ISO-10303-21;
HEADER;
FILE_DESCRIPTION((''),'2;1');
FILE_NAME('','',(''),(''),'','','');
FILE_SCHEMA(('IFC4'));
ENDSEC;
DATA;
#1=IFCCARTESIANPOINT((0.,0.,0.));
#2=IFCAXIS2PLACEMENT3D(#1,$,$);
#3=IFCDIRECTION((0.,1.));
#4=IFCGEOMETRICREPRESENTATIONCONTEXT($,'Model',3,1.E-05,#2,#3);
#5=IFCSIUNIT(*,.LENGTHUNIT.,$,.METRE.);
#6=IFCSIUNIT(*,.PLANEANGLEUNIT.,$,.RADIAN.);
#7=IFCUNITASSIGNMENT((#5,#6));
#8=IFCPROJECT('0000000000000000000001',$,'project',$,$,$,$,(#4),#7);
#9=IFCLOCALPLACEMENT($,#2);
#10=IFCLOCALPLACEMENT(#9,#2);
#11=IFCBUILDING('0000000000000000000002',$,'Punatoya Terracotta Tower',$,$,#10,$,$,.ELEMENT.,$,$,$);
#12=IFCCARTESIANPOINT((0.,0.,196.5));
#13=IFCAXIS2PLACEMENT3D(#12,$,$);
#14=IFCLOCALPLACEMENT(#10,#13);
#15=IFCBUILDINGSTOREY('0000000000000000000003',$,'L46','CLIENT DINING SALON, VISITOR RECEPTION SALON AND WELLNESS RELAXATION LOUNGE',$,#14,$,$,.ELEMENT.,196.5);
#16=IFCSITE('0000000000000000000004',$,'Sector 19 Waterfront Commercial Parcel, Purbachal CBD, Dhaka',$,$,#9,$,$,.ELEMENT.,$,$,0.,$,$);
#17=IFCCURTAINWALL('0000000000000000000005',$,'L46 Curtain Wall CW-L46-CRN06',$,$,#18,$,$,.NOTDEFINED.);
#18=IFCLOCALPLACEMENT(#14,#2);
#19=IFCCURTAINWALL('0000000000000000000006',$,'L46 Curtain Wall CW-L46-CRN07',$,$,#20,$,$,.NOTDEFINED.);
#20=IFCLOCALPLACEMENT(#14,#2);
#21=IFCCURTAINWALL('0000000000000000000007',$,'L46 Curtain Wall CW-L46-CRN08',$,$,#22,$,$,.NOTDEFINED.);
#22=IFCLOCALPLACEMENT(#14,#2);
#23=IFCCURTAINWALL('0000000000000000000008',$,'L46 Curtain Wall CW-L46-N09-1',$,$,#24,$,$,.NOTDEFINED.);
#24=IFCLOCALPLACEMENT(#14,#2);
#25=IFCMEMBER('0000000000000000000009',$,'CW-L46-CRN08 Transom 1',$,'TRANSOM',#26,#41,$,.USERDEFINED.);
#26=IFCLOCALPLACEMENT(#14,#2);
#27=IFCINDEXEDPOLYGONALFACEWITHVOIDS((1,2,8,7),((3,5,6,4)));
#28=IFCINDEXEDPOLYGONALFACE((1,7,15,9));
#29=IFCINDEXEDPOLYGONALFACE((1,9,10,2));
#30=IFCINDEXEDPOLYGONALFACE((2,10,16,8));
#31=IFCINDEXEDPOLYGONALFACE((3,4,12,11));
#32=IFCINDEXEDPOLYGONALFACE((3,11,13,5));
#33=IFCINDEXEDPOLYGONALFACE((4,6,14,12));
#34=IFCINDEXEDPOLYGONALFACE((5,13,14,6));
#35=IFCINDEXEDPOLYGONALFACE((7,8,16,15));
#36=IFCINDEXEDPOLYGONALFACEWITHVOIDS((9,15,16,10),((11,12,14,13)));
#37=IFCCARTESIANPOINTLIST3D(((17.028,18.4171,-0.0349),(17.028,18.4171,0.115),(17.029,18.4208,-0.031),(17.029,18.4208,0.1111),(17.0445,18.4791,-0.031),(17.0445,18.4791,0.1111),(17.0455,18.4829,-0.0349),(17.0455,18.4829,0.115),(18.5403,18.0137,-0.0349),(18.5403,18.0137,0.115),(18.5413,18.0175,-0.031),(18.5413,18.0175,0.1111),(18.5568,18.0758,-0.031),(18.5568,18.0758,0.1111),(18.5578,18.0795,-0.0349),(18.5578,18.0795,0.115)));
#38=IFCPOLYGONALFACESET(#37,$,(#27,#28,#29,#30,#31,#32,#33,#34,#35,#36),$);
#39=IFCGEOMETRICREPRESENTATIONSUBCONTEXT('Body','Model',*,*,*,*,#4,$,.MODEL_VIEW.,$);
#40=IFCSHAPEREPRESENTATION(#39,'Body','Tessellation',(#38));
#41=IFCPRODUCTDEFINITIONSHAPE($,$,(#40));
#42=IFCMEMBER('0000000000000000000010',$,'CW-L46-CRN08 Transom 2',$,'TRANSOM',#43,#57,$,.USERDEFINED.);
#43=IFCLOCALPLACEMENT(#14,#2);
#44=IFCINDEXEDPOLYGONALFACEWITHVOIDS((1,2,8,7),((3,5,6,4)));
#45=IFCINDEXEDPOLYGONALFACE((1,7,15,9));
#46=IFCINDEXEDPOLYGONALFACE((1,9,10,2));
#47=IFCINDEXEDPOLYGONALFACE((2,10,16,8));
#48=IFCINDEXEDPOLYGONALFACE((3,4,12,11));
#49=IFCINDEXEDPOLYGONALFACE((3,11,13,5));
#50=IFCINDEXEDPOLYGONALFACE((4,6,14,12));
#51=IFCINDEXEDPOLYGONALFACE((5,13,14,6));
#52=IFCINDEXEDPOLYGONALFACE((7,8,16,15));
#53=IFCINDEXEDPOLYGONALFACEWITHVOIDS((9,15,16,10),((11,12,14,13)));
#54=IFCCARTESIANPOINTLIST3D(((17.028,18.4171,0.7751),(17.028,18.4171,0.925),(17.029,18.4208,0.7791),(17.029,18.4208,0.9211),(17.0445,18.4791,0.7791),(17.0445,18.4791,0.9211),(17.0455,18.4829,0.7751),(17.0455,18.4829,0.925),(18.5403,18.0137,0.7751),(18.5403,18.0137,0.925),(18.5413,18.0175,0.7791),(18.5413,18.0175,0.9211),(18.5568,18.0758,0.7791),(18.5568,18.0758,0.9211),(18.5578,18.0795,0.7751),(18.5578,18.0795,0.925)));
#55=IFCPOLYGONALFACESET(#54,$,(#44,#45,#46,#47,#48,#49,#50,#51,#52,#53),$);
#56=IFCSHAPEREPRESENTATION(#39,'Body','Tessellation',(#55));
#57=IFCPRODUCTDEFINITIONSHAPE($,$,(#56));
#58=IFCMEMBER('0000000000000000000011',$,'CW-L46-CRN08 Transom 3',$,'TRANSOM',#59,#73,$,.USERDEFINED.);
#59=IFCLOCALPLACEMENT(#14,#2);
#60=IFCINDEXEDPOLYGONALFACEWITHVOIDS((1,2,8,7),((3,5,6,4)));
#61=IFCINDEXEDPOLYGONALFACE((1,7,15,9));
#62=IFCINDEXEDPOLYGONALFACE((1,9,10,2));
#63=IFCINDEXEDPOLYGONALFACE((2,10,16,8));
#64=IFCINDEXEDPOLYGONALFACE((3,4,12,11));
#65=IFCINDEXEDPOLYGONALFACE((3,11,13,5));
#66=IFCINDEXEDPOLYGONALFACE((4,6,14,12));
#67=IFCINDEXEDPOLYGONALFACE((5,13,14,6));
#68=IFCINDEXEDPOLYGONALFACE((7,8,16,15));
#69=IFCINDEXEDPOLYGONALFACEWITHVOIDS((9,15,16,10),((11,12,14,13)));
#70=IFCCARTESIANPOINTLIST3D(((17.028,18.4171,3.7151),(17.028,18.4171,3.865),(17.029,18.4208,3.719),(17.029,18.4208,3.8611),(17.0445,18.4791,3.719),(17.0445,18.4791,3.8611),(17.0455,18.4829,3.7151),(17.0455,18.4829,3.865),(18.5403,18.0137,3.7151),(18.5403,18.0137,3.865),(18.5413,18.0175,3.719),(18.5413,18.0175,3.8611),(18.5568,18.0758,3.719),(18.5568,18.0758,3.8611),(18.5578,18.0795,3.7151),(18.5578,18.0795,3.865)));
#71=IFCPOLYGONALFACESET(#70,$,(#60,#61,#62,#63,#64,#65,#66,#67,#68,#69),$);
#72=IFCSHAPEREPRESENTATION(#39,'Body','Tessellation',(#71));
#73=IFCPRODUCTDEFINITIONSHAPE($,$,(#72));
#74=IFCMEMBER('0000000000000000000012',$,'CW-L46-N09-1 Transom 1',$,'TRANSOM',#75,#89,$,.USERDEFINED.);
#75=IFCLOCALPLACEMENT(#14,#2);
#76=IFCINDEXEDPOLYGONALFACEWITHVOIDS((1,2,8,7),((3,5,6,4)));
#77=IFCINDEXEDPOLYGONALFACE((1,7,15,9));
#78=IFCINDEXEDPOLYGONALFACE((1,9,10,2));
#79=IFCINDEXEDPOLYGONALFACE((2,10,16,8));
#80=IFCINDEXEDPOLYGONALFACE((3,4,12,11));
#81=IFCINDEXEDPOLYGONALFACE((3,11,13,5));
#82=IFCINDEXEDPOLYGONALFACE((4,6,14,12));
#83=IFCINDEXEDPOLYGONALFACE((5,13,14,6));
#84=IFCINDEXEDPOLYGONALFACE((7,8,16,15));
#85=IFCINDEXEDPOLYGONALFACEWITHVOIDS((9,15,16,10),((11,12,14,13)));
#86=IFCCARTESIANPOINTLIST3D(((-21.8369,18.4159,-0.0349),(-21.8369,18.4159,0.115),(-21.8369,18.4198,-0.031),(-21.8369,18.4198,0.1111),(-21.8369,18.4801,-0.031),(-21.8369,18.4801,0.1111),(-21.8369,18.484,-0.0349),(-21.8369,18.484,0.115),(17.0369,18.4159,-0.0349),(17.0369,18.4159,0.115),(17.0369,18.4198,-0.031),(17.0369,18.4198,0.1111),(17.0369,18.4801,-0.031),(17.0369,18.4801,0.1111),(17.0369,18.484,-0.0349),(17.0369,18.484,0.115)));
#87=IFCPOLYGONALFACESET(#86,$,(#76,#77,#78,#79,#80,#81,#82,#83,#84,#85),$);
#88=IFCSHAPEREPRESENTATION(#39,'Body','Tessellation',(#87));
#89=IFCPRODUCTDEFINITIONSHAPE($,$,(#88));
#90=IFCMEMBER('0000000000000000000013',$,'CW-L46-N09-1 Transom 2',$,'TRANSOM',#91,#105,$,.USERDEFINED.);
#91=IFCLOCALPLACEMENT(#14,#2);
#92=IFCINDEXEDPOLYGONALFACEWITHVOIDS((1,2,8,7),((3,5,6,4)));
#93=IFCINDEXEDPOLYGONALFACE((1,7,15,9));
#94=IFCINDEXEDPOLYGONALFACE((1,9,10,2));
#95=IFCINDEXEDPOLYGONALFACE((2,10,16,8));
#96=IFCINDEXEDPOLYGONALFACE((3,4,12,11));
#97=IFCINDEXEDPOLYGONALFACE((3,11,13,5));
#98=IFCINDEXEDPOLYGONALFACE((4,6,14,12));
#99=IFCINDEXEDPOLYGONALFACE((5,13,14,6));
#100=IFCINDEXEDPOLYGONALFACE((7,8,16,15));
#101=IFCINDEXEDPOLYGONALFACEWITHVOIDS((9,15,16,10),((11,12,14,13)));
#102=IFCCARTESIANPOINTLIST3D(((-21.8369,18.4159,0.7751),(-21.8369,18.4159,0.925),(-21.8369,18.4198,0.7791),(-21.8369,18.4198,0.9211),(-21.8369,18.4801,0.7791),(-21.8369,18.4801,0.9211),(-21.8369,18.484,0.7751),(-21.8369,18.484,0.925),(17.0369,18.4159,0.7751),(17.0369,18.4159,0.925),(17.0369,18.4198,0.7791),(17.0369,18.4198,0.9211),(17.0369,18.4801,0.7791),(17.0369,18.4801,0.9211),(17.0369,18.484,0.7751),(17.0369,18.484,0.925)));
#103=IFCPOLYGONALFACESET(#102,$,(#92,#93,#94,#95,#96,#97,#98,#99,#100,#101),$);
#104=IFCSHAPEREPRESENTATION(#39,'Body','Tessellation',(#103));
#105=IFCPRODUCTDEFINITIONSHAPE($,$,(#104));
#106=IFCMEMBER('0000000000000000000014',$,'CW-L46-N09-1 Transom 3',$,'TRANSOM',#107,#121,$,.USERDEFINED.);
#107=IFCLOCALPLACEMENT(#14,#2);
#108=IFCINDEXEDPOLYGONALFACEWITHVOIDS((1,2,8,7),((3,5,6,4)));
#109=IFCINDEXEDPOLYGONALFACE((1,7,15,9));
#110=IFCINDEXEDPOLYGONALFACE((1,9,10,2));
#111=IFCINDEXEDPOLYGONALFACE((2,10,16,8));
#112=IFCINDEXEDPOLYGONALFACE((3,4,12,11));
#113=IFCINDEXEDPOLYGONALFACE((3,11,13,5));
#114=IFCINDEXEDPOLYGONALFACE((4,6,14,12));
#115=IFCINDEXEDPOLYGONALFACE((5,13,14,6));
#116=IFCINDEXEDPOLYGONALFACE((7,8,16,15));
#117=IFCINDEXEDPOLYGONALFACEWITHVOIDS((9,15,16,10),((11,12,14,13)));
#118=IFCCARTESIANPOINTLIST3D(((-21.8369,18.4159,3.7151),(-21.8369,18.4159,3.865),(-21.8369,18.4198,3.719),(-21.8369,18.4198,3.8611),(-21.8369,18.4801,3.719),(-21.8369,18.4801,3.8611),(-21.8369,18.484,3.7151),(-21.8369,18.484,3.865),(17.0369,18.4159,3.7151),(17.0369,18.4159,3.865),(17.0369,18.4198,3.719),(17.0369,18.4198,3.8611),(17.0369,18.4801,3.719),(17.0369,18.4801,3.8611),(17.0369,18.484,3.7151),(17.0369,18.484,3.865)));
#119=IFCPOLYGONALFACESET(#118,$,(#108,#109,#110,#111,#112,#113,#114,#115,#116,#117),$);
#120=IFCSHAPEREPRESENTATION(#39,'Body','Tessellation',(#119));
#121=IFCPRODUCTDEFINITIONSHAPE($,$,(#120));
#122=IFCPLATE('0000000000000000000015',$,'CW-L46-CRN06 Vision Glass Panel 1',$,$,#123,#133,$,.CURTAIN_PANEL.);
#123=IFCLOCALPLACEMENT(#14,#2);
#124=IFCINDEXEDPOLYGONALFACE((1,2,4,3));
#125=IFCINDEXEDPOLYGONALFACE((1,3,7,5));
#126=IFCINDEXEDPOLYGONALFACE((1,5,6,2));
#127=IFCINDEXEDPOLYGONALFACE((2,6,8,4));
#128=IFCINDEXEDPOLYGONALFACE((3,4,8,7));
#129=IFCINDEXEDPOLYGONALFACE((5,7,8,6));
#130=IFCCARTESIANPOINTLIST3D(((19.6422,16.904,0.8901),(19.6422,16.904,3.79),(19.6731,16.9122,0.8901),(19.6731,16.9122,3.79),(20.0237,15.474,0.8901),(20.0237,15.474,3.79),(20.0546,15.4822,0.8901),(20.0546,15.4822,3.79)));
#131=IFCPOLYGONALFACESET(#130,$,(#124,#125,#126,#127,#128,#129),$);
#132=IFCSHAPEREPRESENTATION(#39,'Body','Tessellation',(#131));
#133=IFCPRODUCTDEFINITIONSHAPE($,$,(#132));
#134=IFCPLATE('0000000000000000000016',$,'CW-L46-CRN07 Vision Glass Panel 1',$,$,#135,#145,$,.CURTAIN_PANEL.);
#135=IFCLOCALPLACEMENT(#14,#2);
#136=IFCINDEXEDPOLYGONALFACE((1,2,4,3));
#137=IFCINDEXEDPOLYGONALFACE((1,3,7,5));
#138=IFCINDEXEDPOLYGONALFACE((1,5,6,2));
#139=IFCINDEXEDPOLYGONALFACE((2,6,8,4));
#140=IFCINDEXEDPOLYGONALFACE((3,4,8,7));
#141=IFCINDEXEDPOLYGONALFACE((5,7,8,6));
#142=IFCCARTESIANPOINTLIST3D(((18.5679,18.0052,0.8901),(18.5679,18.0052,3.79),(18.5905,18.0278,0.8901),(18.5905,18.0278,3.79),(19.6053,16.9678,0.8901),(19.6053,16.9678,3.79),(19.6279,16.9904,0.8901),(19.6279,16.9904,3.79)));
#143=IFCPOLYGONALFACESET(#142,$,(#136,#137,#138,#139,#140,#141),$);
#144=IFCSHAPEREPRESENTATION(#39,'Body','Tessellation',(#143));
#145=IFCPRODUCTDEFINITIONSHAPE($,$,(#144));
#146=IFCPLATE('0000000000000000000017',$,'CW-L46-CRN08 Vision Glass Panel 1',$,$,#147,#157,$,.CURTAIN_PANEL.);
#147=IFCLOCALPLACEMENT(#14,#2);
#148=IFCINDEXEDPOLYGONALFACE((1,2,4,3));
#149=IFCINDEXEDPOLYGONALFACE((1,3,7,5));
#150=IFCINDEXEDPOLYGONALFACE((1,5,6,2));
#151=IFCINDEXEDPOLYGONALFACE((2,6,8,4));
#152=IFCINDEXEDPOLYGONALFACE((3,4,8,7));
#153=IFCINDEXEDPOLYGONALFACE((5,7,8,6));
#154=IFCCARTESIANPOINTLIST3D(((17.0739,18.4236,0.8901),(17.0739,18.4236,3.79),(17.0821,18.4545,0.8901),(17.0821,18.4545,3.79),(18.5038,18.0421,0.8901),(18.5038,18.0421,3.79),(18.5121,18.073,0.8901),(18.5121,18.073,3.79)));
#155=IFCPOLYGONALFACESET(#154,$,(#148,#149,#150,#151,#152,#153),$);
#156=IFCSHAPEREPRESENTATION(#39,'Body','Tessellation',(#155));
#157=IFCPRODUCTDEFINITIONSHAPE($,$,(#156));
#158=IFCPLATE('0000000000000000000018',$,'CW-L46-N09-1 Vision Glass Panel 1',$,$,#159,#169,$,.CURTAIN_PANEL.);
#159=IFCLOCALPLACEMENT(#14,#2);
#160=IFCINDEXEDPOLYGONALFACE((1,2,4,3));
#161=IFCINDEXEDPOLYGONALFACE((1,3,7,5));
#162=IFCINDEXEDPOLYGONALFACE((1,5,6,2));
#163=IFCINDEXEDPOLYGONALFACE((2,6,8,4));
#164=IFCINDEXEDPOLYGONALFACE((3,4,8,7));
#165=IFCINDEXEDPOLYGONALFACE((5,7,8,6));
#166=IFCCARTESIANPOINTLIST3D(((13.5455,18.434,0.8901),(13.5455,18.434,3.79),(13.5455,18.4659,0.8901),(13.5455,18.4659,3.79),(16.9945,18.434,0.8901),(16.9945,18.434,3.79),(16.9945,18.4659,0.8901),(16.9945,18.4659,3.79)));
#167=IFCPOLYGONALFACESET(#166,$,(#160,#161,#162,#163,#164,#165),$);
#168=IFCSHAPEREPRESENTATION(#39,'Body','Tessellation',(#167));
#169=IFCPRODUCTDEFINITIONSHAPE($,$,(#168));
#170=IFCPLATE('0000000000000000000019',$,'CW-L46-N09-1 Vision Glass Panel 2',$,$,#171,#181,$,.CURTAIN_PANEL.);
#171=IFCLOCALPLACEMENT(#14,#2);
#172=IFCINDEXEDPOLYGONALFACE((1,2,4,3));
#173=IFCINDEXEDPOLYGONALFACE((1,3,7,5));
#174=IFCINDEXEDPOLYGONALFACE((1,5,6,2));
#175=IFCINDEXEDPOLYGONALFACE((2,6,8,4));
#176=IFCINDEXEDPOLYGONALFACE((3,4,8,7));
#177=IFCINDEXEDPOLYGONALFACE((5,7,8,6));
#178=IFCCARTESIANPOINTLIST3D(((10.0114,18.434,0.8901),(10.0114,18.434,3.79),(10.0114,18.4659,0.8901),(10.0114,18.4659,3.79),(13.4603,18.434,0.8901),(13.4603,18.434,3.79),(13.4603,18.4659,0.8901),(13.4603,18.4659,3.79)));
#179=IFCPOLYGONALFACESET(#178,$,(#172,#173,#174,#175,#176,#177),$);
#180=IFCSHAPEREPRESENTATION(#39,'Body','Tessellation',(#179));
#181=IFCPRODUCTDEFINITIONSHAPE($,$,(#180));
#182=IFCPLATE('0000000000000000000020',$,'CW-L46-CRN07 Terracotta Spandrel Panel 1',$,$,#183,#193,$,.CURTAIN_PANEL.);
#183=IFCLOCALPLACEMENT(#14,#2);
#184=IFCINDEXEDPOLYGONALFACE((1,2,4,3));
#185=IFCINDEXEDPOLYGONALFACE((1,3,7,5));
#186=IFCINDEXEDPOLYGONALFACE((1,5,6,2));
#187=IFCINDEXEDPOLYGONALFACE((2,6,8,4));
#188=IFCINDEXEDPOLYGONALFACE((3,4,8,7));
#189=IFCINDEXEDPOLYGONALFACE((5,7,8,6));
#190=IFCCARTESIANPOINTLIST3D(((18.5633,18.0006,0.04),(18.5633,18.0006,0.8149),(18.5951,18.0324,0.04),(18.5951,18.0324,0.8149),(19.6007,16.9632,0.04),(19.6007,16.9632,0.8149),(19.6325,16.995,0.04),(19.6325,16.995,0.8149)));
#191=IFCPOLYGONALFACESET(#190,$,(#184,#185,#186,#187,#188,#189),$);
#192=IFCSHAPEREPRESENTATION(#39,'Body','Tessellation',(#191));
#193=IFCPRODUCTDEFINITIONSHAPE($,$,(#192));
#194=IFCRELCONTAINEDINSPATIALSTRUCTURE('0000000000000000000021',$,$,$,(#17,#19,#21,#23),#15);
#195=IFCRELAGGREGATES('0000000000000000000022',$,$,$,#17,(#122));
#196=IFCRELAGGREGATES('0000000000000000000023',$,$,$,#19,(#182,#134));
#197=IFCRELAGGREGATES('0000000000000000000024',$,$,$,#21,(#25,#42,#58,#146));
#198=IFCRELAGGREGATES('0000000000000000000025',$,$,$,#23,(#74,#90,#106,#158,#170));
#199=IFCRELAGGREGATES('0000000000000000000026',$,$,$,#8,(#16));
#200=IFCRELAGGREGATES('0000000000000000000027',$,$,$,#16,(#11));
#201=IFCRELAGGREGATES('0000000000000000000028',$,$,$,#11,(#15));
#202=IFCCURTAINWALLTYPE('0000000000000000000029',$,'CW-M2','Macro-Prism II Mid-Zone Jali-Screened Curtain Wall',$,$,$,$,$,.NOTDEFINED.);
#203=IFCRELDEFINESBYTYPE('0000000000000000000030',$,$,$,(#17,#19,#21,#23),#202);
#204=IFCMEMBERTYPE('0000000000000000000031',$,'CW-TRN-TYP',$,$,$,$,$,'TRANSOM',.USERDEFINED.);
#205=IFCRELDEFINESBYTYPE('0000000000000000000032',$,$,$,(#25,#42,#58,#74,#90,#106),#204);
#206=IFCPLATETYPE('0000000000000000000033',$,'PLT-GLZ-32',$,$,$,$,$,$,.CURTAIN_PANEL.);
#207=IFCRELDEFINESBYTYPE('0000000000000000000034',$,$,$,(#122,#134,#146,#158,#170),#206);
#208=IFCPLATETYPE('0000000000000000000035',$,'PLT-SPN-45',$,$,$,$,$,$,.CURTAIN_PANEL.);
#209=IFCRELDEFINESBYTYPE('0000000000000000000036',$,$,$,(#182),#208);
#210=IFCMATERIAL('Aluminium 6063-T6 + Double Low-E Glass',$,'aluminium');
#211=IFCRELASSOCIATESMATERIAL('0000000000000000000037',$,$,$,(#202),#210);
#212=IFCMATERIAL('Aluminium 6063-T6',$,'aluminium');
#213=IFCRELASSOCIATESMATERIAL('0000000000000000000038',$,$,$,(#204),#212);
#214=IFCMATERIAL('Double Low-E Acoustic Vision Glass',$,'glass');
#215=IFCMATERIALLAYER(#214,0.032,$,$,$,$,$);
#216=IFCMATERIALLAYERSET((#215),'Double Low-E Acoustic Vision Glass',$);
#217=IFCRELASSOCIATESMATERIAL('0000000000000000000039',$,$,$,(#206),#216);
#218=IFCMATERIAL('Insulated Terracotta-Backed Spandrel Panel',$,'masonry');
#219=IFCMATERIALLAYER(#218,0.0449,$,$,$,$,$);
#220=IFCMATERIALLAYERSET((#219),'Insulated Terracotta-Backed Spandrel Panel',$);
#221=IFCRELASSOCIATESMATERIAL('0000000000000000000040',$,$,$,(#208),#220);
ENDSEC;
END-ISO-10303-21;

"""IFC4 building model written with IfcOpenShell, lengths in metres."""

from ifc_helpers import new_model, si_unit, direction, frame, origin, origin_2d, place, context, subcontext, project, spatial, rectangle, hollow_rectangle, extrude, material, layer, layer_set, material_profile, profile_set, type_object, element, aggregate, save


model = new_model("IFC4")

# Units and contexts
model_context = context("Model", 3, precision=1e-05, world=origin(), true_north=direction((0.0, 1.0)))
body_context = subcontext(model_context, "Body", "Model", "MODEL_VIEW")
ifc_project = project(units=[si_unit("LENGTHUNIT", "METRE"), si_unit("PLANEANGLEUNIT", "RADIAN")], contexts=[model_context])

# Site, building, storey
site_placement = place(None, origin())
site = spatial("IfcSite", under=ifc_project, at=site_placement, Name="Sector 19 Waterfront Commercial Parcel, Purbachal CBD, Dhaka", CompositionType="ELEMENT", RefElevation=0.0)
building_placement = place(site_placement, origin())
building = spatial("IfcBuilding", under=site, at=building_placement, Name="Punatoya Terracotta Tower", CompositionType="ELEMENT")
storey_placement = place(building_placement, frame((0.0, 0.0, 196.5)))
storey = spatial("IfcBuildingStorey", under=building, at=storey_placement, Name="L46", Description="CLIENT DINING SALON, VISITOR RECEPTION SALON AND WELLNESS RELAXATION LOUNGE", CompositionType="ELEMENT", Elevation=196.5)

# Curtain wall
ifc_material_1 = material(Name="Aluminium 6063-T6 + Double Low-E Glass", Category="aluminium")
curtain_wall_type = type_object("IfcCurtainWallType", Name="CW-M2", Description="Macro-Prism II Mid-Zone Jali-Screened Curtain Wall", PredefinedType="NOTDEFINED", material=ifc_material_1)
curtain_wall_1_placement = place(storey_placement, origin())
curtain_wall_1 = element("IfcCurtainWall", 1, at=curtain_wall_1_placement, inside=storey, type_object=curtain_wall_type, Name="L46 Curtain Wall CW-L46-CRN06", PredefinedType="NOTDEFINED")
ifc_material_2 = material(Name="Aluminium 6063-T6", Category="aluminium")

# Curtain walls
curtain_wall_2_placement = place(storey_placement, origin())
curtain_wall_2 = element("IfcCurtainWall", 2, at=curtain_wall_2_placement, inside=storey, type_object=curtain_wall_type, Name="L46 Curtain Wall CW-L46-CRN07", PredefinedType="NOTDEFINED")
curtain_wall_3_placement = place(storey_placement, origin())
curtain_wall_3 = element("IfcCurtainWall", 3, at=curtain_wall_3_placement, inside=storey, type_object=curtain_wall_type, Name="L46 Curtain Wall CW-L46-CRN08", PredefinedType="NOTDEFINED")
curtain_wall_4_placement = place(storey_placement, origin())
curtain_wall_4 = element("IfcCurtainWall", 4, at=curtain_wall_4_placement, inside=storey, type_object=curtain_wall_type, Name="L46 Curtain Wall CW-L46-N09-1", PredefinedType="NOTDEFINED")

# Members
ifc_material_profile_1 = material_profile(ifc_material_2, hollow_rectangle(XDim=0.0681, YDim=0.1499, WallThickness=0.0039, at=origin_2d()))
ifc_profile_set_1 = profile_set([ifc_material_profile_1], Name="Aluminium 6063-T6")
member_type_1 = type_object("IfcMemberType", Name="CW-TRN-TYP", ElementType="TRANSOM", PredefinedType="USERDEFINED", material=ifc_profile_set_1)
member_1_placement = place(storey_placement, frame((18.5491, 18.0466, 0.04), z_axis=(-0.966225, 0.257701, 0.0), x_axis=(-0.257701, -0.966225, 0.0)))
member_1 = element("IfcMember", 5, at=member_1_placement, type_object=member_type_1, Name="CW-L46-CRN08 Transom 1", ObjectType="TRANSOM", PredefinedType="USERDEFINED", context=body_context, shape_type="SweptSolid", body=[
    extrude(hollow_rectangle(XDim=0.0681, YDim=0.1499, WallThickness=0.0039, at=origin_2d()), origin(), (0.0, 0.0, 1.0), 1.5652),
])
member_2_placement = place(storey_placement, frame((18.5491, 18.0466, 0.8501), z_axis=(-0.966225, 0.257701, 0.0), x_axis=(-0.257701, -0.966225, 0.0)))
member_2 = element("IfcMember", 6, at=member_2_placement, type_object=member_type_1, Name="CW-L46-CRN08 Transom 2", ObjectType="TRANSOM", PredefinedType="USERDEFINED", context=body_context, shape_type="SweptSolid", body=[
    extrude(hollow_rectangle(XDim=0.0681, YDim=0.1499, WallThickness=0.0039, at=origin_2d()), origin(), (0.0, 0.0, 1.0), 1.5652),
])
member_3_placement = place(storey_placement, frame((18.5491, 18.0466, 3.79), z_axis=(-0.966225, 0.257701, 0.0), x_axis=(-0.257701, -0.966225, 0.0)))
member_3 = element("IfcMember", 7, at=member_3_placement, type_object=member_type_1, Name="CW-L46-CRN08 Transom 3", ObjectType="TRANSOM", PredefinedType="USERDEFINED", context=body_context, shape_type="SweptSolid", body=[
    extrude(hollow_rectangle(XDim=0.0681, YDim=0.1499, WallThickness=0.0039, at=origin_2d()), origin(), (0.0, 0.0, 1.0), 1.5652),
])
member_4_placement = place(storey_placement, frame((17.0369, 18.45, 0.04), z_axis=(-1.0, 0.0, 0.0), x_axis=(0.0, -1.0, 0.0)))
member_4 = element("IfcMember", 8, at=member_4_placement, type_object=member_type_1, Name="CW-L46-N09-1 Transom 1", ObjectType="TRANSOM", PredefinedType="USERDEFINED", context=body_context, shape_type="SweptSolid", body=[
    extrude(hollow_rectangle(XDim=0.0681, YDim=0.1499, WallThickness=0.0039, at=origin_2d()), origin(), (0.0, 0.0, 1.0), 38.8738),
])
member_5_placement = place(storey_placement, frame((17.0369, 18.45, 0.8501), z_axis=(-1.0, 0.0, 0.0), x_axis=(0.0, -1.0, 0.0)))
member_5 = element("IfcMember", 9, at=member_5_placement, type_object=member_type_1, Name="CW-L46-N09-1 Transom 2", ObjectType="TRANSOM", PredefinedType="USERDEFINED", context=body_context, shape_type="SweptSolid", body=[
    extrude(hollow_rectangle(XDim=0.0681, YDim=0.1499, WallThickness=0.0039, at=origin_2d()), origin(), (0.0, 0.0, 1.0), 38.8738),
])
member_6_placement = place(storey_placement, frame((17.0369, 18.45, 3.79), z_axis=(-1.0, 0.0, 0.0), x_axis=(0.0, -1.0, 0.0)))
member_6 = element("IfcMember", 10, at=member_6_placement, type_object=member_type_1, Name="CW-L46-N09-1 Transom 3", ObjectType="TRANSOM", PredefinedType="USERDEFINED", context=body_context, shape_type="SweptSolid", body=[
    extrude(hollow_rectangle(XDim=0.0681, YDim=0.1499, WallThickness=0.0039, at=origin_2d()), origin(), (0.0, 0.0, 1.0), 38.8738),
])

# Plates
ifc_material_3 = material(Name="Double Low-E Acoustic Vision Glass", Category="glass")
ifc_layer_1 = layer(ifc_material_3, 0.032)
ifc_layer_set_1 = layer_set([ifc_layer_1], Name="Double Low-E Acoustic Vision Glass")
plate_type_1 = type_object("IfcPlateType", Name="PLT-GLZ-32", PredefinedType="CURTAIN_PANEL", material=ifc_layer_set_1)
plate_1_placement = place(storey_placement, frame((19.8484, 16.1931, 0.8901), z_axis=(0.0, 0.0, 1.0), x_axis=(-0.257742, 0.966214, 0.0)))
plate_1 = element("IfcPlate", 11, at=plate_1_placement, type_object=plate_type_1, Name="CW-L46-CRN06 Vision Glass Panel 1", PredefinedType="CURTAIN_PANEL", context=body_context, shape_type="SweptSolid", body=[
    extrude(rectangle(XDim=1.48, YDim=0.032, at=origin_2d()), origin(), (0.0, 0.0, 1.0), 2.8999),
])
aggregate(curtain_wall_1, [plate_1])
plate_2_placement = place(storey_placement, frame((19.0979, 17.4978, 0.8901), z_axis=(0.0, 0.0, 1.0), x_axis=(-0.707107, 0.707107, 0.0)))
plate_2 = element("IfcPlate", 12, at=plate_2_placement, type_object=plate_type_1, Name="CW-L46-CRN07 Vision Glass Panel 1", PredefinedType="CURTAIN_PANEL", context=body_context, shape_type="SweptSolid", body=[
    extrude(rectangle(XDim=1.467, YDim=0.032, at=origin_2d()), origin(), (0.0, 0.0, 1.0), 2.8999),
])
plate_3_placement = place(storey_placement, frame((17.793, 18.2483, 0.8901), z_axis=(0.0, 0.0, 1.0), x_axis=(-0.966214, 0.257742, 0.0)))
plate_3 = element("IfcPlate", 13, at=plate_3_placement, type_object=plate_type_1, Name="CW-L46-CRN08 Vision Glass Panel 1", PredefinedType="CURTAIN_PANEL", context=body_context, shape_type="SweptSolid", body=[
    extrude(rectangle(XDim=1.48, YDim=0.032, at=origin_2d()), origin(), (0.0, 0.0, 1.0), 2.8999),
])
plate_4_placement = place(storey_placement, frame((15.27, 18.45, 0.8901), z_axis=(0.0, 0.0, 1.0), x_axis=(-1.0, 0.0, 0.0)))
plate_4 = element("IfcPlate", 14, at=plate_4_placement, type_object=plate_type_1, Name="CW-L46-N09-1 Vision Glass Panel 1", PredefinedType="CURTAIN_PANEL", context=body_context, shape_type="SweptSolid", body=[
    extrude(rectangle(XDim=3.449, YDim=0.032, at=origin_2d()), origin(), (0.0, 0.0, 1.0), 2.8999),
])
plate_5_placement = place(storey_placement, frame((11.7358, 18.45, 0.8901), z_axis=(0.0, 0.0, 1.0), x_axis=(-1.0, 0.0, 0.0)))
plate_5 = element("IfcPlate", 15, at=plate_5_placement, type_object=plate_type_1, Name="CW-L46-N09-1 Vision Glass Panel 2", PredefinedType="CURTAIN_PANEL", context=body_context, shape_type="SweptSolid", body=[
    extrude(rectangle(XDim=3.449, YDim=0.032, at=origin_2d()), origin(), (0.0, 0.0, 1.0), 2.8999),
])
ifc_material_4 = material(Name="Insulated Terracotta-Backed Spandrel Panel", Category="masonry")
ifc_layer_2 = layer(ifc_material_4, 0.0449)
ifc_layer_set_2 = layer_set([ifc_layer_2], Name="Insulated Terracotta-Backed Spandrel Panel")
plate_type_2 = type_object("IfcPlateType", Name="PLT-SPN-45", PredefinedType="CURTAIN_PANEL", material=ifc_layer_set_2)
plate_6_placement = place(storey_placement, frame((19.0979, 17.4978, 0.04), z_axis=(0.0, 0.0, 1.0), x_axis=(-0.707107, 0.707107, 0.0)))
plate_6 = element("IfcPlate", 16, at=plate_6_placement, type_object=plate_type_2, Name="CW-L46-CRN07 Terracotta Spandrel Panel 1", PredefinedType="CURTAIN_PANEL", context=body_context, shape_type="SweptSolid", body=[
    extrude(rectangle(XDim=1.467, YDim=0.0449, at=origin_2d()), origin(), (0.0, 0.0, 1.0), 0.7749),
])
aggregate(curtain_wall_2, [plate_6, plate_2])
aggregate(curtain_wall_3, [member_1, member_2, member_3, plate_3])
aggregate(curtain_wall_4, [member_4, member_5, member_6, plate_4, plate_5])

save(model, "model.ifc")
